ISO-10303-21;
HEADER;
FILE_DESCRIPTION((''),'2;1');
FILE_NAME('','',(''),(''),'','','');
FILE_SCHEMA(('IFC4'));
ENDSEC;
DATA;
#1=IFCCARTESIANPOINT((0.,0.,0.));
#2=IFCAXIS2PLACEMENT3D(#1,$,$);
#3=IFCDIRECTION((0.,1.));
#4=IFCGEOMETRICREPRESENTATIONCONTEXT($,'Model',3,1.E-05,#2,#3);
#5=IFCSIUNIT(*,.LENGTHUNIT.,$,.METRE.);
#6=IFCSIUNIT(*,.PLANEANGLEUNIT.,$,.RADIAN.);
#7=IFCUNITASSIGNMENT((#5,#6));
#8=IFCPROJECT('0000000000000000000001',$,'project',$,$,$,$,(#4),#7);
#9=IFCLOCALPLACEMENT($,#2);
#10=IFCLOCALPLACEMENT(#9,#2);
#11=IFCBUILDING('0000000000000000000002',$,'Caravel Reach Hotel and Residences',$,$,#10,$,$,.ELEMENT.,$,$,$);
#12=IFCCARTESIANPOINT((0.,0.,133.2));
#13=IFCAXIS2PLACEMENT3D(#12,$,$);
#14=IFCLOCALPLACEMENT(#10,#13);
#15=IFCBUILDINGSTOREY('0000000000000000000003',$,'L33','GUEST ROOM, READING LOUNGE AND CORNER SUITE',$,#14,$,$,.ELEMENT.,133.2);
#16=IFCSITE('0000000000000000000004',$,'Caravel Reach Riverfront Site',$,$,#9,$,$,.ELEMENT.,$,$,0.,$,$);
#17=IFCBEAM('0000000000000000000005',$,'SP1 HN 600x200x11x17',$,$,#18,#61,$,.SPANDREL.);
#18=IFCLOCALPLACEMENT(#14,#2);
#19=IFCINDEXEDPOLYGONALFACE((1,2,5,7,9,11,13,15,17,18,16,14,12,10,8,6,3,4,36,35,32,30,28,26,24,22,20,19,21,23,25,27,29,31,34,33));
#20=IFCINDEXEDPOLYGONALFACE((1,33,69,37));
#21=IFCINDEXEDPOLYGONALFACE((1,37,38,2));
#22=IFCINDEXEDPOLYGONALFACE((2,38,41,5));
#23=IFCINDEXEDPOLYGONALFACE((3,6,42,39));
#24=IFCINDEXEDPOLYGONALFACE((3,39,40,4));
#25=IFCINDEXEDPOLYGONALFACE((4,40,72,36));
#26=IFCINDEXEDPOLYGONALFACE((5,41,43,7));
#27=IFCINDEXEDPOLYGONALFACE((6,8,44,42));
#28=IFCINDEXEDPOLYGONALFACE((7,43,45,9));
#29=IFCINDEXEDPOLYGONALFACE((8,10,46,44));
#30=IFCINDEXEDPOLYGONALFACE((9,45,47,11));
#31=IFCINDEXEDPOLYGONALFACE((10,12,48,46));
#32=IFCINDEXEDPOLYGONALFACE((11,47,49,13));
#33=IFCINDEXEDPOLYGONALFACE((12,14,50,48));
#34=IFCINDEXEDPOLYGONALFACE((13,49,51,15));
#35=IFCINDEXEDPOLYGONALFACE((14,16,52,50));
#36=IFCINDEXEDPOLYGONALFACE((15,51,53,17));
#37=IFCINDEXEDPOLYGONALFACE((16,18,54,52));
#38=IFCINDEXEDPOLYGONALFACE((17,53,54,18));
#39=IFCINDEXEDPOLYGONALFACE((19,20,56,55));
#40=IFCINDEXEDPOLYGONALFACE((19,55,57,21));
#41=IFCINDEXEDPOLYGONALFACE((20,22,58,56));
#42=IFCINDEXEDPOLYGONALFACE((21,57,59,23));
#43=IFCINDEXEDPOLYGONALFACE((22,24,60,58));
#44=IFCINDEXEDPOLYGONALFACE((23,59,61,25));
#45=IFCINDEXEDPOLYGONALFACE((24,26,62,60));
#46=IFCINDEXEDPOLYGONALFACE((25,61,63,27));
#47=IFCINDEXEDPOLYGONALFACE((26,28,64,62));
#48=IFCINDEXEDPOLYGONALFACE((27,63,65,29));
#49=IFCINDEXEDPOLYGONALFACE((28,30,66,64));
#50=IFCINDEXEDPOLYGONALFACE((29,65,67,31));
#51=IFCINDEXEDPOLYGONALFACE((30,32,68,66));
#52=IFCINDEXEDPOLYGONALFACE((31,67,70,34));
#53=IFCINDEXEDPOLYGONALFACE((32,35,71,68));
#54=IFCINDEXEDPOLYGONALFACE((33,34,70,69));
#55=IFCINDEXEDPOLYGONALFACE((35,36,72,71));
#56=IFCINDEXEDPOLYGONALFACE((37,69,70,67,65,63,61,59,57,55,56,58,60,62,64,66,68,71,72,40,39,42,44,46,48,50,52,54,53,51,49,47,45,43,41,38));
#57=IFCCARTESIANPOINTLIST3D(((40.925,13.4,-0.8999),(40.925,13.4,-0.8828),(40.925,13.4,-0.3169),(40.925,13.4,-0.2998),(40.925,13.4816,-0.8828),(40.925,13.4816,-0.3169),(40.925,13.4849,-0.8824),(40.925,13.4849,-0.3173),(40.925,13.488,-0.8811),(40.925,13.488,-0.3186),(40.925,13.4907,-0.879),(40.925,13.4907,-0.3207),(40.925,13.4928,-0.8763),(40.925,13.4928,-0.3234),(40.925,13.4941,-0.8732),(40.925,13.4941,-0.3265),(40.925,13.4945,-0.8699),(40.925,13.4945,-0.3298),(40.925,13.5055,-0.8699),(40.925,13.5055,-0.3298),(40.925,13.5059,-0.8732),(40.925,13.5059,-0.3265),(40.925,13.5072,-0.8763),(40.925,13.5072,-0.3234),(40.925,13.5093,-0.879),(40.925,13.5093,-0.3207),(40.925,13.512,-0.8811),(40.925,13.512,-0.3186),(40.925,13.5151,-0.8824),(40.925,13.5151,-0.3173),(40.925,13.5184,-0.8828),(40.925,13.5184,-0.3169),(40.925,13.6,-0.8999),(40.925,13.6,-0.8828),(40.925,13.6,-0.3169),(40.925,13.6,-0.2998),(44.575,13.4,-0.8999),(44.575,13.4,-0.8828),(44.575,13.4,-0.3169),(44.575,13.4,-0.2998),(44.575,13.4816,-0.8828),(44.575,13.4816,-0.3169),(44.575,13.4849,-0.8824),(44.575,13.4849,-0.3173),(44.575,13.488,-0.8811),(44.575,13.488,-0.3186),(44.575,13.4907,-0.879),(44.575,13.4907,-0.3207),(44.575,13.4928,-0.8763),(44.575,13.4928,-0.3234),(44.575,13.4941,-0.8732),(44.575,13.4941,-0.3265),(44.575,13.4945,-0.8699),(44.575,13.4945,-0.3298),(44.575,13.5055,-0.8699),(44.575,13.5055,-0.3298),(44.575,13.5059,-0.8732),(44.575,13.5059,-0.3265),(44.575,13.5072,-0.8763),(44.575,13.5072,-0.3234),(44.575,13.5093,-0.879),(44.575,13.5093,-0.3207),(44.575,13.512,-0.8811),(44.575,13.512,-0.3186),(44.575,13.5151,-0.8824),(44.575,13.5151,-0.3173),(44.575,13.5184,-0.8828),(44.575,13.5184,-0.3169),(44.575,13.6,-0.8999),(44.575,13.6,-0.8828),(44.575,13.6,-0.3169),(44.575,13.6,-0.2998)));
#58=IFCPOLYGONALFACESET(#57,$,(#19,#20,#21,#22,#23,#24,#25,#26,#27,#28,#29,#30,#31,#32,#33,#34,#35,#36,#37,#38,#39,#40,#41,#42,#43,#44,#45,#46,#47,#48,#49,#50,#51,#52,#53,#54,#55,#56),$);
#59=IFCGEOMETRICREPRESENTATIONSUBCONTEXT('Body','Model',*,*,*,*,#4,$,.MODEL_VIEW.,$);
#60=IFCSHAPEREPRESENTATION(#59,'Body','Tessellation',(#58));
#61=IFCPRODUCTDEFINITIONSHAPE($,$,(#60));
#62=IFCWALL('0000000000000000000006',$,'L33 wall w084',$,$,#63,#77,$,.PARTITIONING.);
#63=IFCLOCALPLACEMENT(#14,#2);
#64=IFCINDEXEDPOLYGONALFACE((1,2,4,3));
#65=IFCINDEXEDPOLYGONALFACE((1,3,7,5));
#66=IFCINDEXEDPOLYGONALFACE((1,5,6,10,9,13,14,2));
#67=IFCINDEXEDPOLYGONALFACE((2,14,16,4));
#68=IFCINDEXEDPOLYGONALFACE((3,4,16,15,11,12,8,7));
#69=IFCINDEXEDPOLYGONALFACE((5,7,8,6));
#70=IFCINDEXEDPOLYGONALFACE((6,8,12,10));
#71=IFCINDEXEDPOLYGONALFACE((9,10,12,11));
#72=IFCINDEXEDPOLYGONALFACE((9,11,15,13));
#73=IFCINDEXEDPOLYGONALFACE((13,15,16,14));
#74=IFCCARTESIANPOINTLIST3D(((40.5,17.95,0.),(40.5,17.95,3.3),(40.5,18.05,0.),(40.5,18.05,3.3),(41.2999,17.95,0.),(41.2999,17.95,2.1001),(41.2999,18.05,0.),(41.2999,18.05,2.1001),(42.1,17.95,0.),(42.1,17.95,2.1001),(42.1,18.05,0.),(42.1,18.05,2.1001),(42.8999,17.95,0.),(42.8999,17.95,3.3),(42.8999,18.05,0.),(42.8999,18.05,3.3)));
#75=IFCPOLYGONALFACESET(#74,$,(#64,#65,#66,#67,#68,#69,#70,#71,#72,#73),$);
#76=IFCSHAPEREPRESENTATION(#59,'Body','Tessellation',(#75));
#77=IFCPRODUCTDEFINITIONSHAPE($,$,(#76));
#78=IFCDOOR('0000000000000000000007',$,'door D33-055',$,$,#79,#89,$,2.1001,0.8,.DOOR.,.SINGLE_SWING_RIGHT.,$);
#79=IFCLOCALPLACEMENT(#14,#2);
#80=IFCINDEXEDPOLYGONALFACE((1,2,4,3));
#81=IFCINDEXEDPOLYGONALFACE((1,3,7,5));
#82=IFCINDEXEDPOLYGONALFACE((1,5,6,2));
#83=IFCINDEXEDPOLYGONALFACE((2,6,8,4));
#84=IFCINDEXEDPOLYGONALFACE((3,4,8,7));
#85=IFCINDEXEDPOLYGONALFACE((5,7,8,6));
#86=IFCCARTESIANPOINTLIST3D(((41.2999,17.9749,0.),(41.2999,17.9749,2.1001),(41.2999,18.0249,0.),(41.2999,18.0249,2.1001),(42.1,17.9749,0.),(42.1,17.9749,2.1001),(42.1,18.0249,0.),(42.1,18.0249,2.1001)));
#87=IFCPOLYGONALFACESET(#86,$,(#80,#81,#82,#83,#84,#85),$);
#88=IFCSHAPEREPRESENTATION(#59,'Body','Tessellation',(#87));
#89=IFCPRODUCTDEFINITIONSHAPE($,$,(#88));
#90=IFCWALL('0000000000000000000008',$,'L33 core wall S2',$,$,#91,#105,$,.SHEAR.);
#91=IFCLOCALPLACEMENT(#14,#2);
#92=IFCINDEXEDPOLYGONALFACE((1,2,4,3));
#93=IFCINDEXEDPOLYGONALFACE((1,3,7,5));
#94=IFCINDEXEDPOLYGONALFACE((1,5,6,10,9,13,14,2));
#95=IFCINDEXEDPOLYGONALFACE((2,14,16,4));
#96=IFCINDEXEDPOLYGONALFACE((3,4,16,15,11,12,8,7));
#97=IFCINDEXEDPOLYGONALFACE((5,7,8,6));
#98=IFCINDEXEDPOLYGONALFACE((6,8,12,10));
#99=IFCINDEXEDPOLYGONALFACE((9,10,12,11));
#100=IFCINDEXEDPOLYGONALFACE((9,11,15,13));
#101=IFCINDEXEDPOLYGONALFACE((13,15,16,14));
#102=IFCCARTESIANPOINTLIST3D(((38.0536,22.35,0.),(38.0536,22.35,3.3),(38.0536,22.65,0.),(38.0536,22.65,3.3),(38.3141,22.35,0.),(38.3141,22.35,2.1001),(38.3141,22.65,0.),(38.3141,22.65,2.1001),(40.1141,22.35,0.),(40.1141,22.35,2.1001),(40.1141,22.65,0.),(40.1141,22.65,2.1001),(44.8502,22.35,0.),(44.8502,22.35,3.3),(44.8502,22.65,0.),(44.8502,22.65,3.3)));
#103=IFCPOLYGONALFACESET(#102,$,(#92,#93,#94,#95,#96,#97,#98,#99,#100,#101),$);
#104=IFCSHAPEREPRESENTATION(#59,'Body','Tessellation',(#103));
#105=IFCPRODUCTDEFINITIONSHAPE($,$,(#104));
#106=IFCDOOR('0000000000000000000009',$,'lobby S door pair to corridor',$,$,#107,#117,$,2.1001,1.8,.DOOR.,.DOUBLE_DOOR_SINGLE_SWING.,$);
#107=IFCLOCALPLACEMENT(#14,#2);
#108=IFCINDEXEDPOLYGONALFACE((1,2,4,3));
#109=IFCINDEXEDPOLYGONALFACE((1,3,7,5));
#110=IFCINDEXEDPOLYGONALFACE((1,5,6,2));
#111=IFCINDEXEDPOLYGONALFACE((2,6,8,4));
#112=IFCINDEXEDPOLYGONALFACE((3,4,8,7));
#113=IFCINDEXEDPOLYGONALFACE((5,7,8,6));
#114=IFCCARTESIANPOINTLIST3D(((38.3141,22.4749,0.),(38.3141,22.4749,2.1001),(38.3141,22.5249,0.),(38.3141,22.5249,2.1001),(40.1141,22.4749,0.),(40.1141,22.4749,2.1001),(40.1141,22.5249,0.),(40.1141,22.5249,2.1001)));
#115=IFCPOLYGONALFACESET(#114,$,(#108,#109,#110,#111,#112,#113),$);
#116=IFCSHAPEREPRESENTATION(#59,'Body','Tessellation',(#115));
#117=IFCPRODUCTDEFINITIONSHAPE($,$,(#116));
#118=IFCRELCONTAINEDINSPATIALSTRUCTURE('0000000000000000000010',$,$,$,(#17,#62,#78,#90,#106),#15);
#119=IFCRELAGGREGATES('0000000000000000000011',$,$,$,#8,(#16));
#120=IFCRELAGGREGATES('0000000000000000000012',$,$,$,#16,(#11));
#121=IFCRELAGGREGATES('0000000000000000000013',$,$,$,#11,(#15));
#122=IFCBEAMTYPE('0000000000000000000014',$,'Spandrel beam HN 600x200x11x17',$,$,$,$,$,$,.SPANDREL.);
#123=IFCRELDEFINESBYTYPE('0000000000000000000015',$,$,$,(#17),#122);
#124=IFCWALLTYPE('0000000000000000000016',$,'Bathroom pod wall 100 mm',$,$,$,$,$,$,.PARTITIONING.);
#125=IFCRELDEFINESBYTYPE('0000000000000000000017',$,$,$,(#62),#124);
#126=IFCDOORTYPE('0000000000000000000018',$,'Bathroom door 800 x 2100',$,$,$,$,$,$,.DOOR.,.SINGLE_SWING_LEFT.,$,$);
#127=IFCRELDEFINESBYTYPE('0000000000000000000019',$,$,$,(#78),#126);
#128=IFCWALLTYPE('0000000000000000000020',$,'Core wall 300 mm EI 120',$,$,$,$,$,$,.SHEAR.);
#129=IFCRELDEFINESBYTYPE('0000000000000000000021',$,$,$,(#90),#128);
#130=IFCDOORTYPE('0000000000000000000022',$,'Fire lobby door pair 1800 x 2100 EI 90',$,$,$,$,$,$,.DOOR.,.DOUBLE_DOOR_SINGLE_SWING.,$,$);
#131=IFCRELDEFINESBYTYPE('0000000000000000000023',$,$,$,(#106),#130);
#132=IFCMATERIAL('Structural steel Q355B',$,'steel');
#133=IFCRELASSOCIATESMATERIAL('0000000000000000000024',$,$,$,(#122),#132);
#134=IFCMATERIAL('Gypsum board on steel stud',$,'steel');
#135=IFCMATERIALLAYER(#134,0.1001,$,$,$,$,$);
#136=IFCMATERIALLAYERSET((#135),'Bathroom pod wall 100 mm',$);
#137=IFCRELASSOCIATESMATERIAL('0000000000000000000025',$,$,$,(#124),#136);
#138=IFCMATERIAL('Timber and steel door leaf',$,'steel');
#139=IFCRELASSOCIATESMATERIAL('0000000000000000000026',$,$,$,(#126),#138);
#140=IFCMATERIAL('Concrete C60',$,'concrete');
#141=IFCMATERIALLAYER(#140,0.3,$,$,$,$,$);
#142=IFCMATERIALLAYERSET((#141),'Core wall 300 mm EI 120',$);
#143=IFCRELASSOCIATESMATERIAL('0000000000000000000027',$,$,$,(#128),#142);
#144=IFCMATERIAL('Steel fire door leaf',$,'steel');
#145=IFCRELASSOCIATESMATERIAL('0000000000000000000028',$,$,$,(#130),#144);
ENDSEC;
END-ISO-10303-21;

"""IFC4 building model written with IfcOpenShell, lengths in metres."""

from ifc_helpers import new_model, si_unit, direction, frame, frame_2d, origin, origin_2d, place, context, subcontext, project, spatial, rectangle, i_section, extrude, material, layer, layer_set, material_profile, profile_set, type_object, element, fill, save


model = new_model("IFC4")

# Units and contexts
model_context = context("Model", 3, precision=1e-05, world=origin(), true_north=direction((0.0, 1.0)))
body_context = subcontext(model_context, "Body", "Model", "MODEL_VIEW")
ifc_project = project(units=[si_unit("LENGTHUNIT", "METRE"), si_unit("PLANEANGLEUNIT", "RADIAN")], contexts=[model_context])

# Site, building, storey
site_placement = place(None, origin())
site = spatial("IfcSite", under=ifc_project, at=site_placement, Name="Caravel Reach Riverfront Site", CompositionType="ELEMENT", RefElevation=0.0)
building_placement = place(site_placement, origin())
building = spatial("IfcBuilding", under=site, at=building_placement, Name="Caravel Reach Hotel and Residences", CompositionType="ELEMENT")
storey_placement = place(building_placement, frame((0.0, 0.0, 133.2)))
storey = spatial("IfcBuildingStorey", under=building, at=storey_placement, Name="L33", Description="GUEST ROOM, READING LOUNGE AND CORNER SUITE", CompositionType="ELEMENT", Elevation=133.2)

# Beam
ifc_material_1 = material(Name="Structural steel Q355B", Category="steel")
ifc_material_profile = material_profile(ifc_material_1, i_section(OverallWidth=0.2, OverallDepth=0.6001, WebThickness=0.011, FlangeThickness=0.0171, FilletRadius=0.0129, at=origin_2d()), Name="HN 600x200x11x17")
ifc_profile_set = profile_set([ifc_material_profile], Name="Structural steel Q355B")
beam_type = type_object("IfcBeamType", Name="Spandrel beam HN 600x200x11x17", PredefinedType="SPANDREL", material=ifc_profile_set)
beam_placement = place(storey_placement, frame((40.925, 13.5, -0.5999), z_axis=(1.0, 0.0, 0.0), x_axis=(0.0, 1.0, 0.0)))
element("IfcBeam", 1, at=beam_placement, inside=storey, type_object=beam_type, Name="SP1 HN 600x200x11x17", PredefinedType="SPANDREL", context=body_context, shape_type="SweptSolid", body=[
    extrude(i_section(OverallWidth=0.2, OverallDepth=0.6001, WebThickness=0.011, FlangeThickness=0.0171, FilletRadius=0.0129, at=origin_2d()), origin(), (0.0, 0.0, 1.0), 3.6499),
])

# Walls, openings, doors
ifc_material_2 = material(Name="Gypsum board on steel stud", Category="steel")
ifc_layer_1 = layer(ifc_material_2, 0.1001)
ifc_layer_set_1 = layer_set([ifc_layer_1], Name="Bathroom pod wall 100 mm")
wall_type_1 = type_object("IfcWallType", Name="Bathroom pod wall 100 mm", PredefinedType="PARTITIONING", material=ifc_layer_set_1)
wall_1_placement = place(storey_placement, frame((40.5, 18.0, 0.0), z_axis=(0.0, 0.0, 1.0), x_axis=(1.0, 0.0, 0.0)))
wall_1 = element("IfcWall", 2, at=wall_1_placement, inside=storey, type_object=wall_type_1, Name="L33 wall w084", PredefinedType="PARTITIONING", context=body_context, shape_type="SweptSolid", body=[
    extrude(rectangle(XDim=2.3999, YDim=0.1001, at=frame_2d((1.2, 0.0))), origin(), (0.0, 0.0, 1.0), 3.3),
])
opening_1_placement = place(wall_1_placement, frame((0.8, 0.0, 0.0)))
opening_1 = element("IfcOpeningElement", 3, at=opening_1_placement, cuts=wall_1, PredefinedType="OPENING", context=body_context, shape_type="SweptSolid", body=[
    extrude(rectangle(XDim=0.8, YDim=2.1001, at=frame_2d((0.3999, 1.05))), frame((0.0, 0.0601, 0.0), z_axis=(0.0, -1.0, 0.0), x_axis=(1.0, 0.0, 0.0)), (0.0, 0.0, 1.0), 0.1201),
])
ifc_material_3 = material(Name="Timber and steel door leaf", Category="steel")
door_type_1 = type_object("IfcDoorType", Name="Bathroom door 800 x 2100", OperationType="SINGLE_SWING_LEFT", PredefinedType="DOOR", material=ifc_material_3)
door_1_placement = place(opening_1_placement, origin())
door_1 = element("IfcDoor", 4, at=door_1_placement, inside=storey, type_object=door_type_1, Name="door D33-055", OperationType="SINGLE_SWING_RIGHT", OverallHeight=2.1001, OverallWidth=0.8, PredefinedType="DOOR", context=body_context, shape_type="SweptSolid", body=[
    extrude(rectangle(XDim=0.8, YDim=2.1001, at=frame_2d((0.3999, 1.05))), frame((0.0, 0.0249, 0.0), z_axis=(0.0, -1.0, 0.0), x_axis=(1.0, 0.0, 0.0)), (0.0, 0.0, 1.0), 0.05),
])
fill(opening_1, door_1)
ifc_material_4 = material(Name="Concrete C60", Category="concrete")
ifc_layer_2 = layer(ifc_material_4, 0.3)
ifc_layer_set_2 = layer_set([ifc_layer_2], Name="Core wall 300 mm EI 120")
wall_type_2 = type_object("IfcWallType", Name="Core wall 300 mm EI 120", PredefinedType="SHEAR", material=ifc_layer_set_2)
wall_2_placement = place(storey_placement, frame((38.0535, 22.5, 0.0), z_axis=(0.0, 0.0, 1.0), x_axis=(1.0, 0.0, 0.0)))
wall_2 = element("IfcWall", 5, at=wall_2_placement, inside=storey, type_object=wall_type_2, Name="L33 core wall S2", PredefinedType="SHEAR", context=body_context, shape_type="SweptSolid", body=[
    extrude(rectangle(XDim=6.7966, YDim=0.3, at=frame_2d((3.3984, 0.0))), origin(), (0.0, 0.0, 1.0), 3.3),
])
opening_2_placement = place(wall_2_placement, frame((0.2607, 0.0, 0.0)))
opening_2 = element("IfcOpeningElement", 6, at=opening_2_placement, cuts=wall_2, PredefinedType="OPENING", context=body_context, shape_type="SweptSolid", body=[
    extrude(rectangle(XDim=1.8, YDim=2.1001, at=frame_2d((0.8999, 1.05))), frame((0.0, 0.1599, 0.0), z_axis=(0.0, -1.0, 0.0), x_axis=(1.0, 0.0, 0.0)), (0.0, 0.0, 1.0), 0.3201),
])
ifc_material_5 = material(Name="Steel fire door leaf", Category="steel")
door_type_2 = type_object("IfcDoorType", Name="Fire lobby door pair 1800 x 2100 EI 90", OperationType="DOUBLE_DOOR_SINGLE_SWING", PredefinedType="DOOR", material=ifc_material_5)
door_2_placement = place(opening_2_placement, origin())
door_2 = element("IfcDoor", 7, at=door_2_placement, inside=storey, type_object=door_type_2, Name="lobby S door pair to corridor", OperationType="DOUBLE_DOOR_SINGLE_SWING", OverallHeight=2.1001, OverallWidth=1.8, PredefinedType="DOOR", context=body_context, shape_type="SweptSolid", body=[
    extrude(rectangle(XDim=1.8, YDim=2.1001, at=frame_2d((0.8999, 1.05))), frame((0.0, 0.0249, 0.0), z_axis=(0.0, -1.0, 0.0), x_axis=(1.0, 0.0, 0.0)), (0.0, 0.0, 1.0), 0.05),
])
fill(opening_2, door_2)

save(model, "model.ifc")
